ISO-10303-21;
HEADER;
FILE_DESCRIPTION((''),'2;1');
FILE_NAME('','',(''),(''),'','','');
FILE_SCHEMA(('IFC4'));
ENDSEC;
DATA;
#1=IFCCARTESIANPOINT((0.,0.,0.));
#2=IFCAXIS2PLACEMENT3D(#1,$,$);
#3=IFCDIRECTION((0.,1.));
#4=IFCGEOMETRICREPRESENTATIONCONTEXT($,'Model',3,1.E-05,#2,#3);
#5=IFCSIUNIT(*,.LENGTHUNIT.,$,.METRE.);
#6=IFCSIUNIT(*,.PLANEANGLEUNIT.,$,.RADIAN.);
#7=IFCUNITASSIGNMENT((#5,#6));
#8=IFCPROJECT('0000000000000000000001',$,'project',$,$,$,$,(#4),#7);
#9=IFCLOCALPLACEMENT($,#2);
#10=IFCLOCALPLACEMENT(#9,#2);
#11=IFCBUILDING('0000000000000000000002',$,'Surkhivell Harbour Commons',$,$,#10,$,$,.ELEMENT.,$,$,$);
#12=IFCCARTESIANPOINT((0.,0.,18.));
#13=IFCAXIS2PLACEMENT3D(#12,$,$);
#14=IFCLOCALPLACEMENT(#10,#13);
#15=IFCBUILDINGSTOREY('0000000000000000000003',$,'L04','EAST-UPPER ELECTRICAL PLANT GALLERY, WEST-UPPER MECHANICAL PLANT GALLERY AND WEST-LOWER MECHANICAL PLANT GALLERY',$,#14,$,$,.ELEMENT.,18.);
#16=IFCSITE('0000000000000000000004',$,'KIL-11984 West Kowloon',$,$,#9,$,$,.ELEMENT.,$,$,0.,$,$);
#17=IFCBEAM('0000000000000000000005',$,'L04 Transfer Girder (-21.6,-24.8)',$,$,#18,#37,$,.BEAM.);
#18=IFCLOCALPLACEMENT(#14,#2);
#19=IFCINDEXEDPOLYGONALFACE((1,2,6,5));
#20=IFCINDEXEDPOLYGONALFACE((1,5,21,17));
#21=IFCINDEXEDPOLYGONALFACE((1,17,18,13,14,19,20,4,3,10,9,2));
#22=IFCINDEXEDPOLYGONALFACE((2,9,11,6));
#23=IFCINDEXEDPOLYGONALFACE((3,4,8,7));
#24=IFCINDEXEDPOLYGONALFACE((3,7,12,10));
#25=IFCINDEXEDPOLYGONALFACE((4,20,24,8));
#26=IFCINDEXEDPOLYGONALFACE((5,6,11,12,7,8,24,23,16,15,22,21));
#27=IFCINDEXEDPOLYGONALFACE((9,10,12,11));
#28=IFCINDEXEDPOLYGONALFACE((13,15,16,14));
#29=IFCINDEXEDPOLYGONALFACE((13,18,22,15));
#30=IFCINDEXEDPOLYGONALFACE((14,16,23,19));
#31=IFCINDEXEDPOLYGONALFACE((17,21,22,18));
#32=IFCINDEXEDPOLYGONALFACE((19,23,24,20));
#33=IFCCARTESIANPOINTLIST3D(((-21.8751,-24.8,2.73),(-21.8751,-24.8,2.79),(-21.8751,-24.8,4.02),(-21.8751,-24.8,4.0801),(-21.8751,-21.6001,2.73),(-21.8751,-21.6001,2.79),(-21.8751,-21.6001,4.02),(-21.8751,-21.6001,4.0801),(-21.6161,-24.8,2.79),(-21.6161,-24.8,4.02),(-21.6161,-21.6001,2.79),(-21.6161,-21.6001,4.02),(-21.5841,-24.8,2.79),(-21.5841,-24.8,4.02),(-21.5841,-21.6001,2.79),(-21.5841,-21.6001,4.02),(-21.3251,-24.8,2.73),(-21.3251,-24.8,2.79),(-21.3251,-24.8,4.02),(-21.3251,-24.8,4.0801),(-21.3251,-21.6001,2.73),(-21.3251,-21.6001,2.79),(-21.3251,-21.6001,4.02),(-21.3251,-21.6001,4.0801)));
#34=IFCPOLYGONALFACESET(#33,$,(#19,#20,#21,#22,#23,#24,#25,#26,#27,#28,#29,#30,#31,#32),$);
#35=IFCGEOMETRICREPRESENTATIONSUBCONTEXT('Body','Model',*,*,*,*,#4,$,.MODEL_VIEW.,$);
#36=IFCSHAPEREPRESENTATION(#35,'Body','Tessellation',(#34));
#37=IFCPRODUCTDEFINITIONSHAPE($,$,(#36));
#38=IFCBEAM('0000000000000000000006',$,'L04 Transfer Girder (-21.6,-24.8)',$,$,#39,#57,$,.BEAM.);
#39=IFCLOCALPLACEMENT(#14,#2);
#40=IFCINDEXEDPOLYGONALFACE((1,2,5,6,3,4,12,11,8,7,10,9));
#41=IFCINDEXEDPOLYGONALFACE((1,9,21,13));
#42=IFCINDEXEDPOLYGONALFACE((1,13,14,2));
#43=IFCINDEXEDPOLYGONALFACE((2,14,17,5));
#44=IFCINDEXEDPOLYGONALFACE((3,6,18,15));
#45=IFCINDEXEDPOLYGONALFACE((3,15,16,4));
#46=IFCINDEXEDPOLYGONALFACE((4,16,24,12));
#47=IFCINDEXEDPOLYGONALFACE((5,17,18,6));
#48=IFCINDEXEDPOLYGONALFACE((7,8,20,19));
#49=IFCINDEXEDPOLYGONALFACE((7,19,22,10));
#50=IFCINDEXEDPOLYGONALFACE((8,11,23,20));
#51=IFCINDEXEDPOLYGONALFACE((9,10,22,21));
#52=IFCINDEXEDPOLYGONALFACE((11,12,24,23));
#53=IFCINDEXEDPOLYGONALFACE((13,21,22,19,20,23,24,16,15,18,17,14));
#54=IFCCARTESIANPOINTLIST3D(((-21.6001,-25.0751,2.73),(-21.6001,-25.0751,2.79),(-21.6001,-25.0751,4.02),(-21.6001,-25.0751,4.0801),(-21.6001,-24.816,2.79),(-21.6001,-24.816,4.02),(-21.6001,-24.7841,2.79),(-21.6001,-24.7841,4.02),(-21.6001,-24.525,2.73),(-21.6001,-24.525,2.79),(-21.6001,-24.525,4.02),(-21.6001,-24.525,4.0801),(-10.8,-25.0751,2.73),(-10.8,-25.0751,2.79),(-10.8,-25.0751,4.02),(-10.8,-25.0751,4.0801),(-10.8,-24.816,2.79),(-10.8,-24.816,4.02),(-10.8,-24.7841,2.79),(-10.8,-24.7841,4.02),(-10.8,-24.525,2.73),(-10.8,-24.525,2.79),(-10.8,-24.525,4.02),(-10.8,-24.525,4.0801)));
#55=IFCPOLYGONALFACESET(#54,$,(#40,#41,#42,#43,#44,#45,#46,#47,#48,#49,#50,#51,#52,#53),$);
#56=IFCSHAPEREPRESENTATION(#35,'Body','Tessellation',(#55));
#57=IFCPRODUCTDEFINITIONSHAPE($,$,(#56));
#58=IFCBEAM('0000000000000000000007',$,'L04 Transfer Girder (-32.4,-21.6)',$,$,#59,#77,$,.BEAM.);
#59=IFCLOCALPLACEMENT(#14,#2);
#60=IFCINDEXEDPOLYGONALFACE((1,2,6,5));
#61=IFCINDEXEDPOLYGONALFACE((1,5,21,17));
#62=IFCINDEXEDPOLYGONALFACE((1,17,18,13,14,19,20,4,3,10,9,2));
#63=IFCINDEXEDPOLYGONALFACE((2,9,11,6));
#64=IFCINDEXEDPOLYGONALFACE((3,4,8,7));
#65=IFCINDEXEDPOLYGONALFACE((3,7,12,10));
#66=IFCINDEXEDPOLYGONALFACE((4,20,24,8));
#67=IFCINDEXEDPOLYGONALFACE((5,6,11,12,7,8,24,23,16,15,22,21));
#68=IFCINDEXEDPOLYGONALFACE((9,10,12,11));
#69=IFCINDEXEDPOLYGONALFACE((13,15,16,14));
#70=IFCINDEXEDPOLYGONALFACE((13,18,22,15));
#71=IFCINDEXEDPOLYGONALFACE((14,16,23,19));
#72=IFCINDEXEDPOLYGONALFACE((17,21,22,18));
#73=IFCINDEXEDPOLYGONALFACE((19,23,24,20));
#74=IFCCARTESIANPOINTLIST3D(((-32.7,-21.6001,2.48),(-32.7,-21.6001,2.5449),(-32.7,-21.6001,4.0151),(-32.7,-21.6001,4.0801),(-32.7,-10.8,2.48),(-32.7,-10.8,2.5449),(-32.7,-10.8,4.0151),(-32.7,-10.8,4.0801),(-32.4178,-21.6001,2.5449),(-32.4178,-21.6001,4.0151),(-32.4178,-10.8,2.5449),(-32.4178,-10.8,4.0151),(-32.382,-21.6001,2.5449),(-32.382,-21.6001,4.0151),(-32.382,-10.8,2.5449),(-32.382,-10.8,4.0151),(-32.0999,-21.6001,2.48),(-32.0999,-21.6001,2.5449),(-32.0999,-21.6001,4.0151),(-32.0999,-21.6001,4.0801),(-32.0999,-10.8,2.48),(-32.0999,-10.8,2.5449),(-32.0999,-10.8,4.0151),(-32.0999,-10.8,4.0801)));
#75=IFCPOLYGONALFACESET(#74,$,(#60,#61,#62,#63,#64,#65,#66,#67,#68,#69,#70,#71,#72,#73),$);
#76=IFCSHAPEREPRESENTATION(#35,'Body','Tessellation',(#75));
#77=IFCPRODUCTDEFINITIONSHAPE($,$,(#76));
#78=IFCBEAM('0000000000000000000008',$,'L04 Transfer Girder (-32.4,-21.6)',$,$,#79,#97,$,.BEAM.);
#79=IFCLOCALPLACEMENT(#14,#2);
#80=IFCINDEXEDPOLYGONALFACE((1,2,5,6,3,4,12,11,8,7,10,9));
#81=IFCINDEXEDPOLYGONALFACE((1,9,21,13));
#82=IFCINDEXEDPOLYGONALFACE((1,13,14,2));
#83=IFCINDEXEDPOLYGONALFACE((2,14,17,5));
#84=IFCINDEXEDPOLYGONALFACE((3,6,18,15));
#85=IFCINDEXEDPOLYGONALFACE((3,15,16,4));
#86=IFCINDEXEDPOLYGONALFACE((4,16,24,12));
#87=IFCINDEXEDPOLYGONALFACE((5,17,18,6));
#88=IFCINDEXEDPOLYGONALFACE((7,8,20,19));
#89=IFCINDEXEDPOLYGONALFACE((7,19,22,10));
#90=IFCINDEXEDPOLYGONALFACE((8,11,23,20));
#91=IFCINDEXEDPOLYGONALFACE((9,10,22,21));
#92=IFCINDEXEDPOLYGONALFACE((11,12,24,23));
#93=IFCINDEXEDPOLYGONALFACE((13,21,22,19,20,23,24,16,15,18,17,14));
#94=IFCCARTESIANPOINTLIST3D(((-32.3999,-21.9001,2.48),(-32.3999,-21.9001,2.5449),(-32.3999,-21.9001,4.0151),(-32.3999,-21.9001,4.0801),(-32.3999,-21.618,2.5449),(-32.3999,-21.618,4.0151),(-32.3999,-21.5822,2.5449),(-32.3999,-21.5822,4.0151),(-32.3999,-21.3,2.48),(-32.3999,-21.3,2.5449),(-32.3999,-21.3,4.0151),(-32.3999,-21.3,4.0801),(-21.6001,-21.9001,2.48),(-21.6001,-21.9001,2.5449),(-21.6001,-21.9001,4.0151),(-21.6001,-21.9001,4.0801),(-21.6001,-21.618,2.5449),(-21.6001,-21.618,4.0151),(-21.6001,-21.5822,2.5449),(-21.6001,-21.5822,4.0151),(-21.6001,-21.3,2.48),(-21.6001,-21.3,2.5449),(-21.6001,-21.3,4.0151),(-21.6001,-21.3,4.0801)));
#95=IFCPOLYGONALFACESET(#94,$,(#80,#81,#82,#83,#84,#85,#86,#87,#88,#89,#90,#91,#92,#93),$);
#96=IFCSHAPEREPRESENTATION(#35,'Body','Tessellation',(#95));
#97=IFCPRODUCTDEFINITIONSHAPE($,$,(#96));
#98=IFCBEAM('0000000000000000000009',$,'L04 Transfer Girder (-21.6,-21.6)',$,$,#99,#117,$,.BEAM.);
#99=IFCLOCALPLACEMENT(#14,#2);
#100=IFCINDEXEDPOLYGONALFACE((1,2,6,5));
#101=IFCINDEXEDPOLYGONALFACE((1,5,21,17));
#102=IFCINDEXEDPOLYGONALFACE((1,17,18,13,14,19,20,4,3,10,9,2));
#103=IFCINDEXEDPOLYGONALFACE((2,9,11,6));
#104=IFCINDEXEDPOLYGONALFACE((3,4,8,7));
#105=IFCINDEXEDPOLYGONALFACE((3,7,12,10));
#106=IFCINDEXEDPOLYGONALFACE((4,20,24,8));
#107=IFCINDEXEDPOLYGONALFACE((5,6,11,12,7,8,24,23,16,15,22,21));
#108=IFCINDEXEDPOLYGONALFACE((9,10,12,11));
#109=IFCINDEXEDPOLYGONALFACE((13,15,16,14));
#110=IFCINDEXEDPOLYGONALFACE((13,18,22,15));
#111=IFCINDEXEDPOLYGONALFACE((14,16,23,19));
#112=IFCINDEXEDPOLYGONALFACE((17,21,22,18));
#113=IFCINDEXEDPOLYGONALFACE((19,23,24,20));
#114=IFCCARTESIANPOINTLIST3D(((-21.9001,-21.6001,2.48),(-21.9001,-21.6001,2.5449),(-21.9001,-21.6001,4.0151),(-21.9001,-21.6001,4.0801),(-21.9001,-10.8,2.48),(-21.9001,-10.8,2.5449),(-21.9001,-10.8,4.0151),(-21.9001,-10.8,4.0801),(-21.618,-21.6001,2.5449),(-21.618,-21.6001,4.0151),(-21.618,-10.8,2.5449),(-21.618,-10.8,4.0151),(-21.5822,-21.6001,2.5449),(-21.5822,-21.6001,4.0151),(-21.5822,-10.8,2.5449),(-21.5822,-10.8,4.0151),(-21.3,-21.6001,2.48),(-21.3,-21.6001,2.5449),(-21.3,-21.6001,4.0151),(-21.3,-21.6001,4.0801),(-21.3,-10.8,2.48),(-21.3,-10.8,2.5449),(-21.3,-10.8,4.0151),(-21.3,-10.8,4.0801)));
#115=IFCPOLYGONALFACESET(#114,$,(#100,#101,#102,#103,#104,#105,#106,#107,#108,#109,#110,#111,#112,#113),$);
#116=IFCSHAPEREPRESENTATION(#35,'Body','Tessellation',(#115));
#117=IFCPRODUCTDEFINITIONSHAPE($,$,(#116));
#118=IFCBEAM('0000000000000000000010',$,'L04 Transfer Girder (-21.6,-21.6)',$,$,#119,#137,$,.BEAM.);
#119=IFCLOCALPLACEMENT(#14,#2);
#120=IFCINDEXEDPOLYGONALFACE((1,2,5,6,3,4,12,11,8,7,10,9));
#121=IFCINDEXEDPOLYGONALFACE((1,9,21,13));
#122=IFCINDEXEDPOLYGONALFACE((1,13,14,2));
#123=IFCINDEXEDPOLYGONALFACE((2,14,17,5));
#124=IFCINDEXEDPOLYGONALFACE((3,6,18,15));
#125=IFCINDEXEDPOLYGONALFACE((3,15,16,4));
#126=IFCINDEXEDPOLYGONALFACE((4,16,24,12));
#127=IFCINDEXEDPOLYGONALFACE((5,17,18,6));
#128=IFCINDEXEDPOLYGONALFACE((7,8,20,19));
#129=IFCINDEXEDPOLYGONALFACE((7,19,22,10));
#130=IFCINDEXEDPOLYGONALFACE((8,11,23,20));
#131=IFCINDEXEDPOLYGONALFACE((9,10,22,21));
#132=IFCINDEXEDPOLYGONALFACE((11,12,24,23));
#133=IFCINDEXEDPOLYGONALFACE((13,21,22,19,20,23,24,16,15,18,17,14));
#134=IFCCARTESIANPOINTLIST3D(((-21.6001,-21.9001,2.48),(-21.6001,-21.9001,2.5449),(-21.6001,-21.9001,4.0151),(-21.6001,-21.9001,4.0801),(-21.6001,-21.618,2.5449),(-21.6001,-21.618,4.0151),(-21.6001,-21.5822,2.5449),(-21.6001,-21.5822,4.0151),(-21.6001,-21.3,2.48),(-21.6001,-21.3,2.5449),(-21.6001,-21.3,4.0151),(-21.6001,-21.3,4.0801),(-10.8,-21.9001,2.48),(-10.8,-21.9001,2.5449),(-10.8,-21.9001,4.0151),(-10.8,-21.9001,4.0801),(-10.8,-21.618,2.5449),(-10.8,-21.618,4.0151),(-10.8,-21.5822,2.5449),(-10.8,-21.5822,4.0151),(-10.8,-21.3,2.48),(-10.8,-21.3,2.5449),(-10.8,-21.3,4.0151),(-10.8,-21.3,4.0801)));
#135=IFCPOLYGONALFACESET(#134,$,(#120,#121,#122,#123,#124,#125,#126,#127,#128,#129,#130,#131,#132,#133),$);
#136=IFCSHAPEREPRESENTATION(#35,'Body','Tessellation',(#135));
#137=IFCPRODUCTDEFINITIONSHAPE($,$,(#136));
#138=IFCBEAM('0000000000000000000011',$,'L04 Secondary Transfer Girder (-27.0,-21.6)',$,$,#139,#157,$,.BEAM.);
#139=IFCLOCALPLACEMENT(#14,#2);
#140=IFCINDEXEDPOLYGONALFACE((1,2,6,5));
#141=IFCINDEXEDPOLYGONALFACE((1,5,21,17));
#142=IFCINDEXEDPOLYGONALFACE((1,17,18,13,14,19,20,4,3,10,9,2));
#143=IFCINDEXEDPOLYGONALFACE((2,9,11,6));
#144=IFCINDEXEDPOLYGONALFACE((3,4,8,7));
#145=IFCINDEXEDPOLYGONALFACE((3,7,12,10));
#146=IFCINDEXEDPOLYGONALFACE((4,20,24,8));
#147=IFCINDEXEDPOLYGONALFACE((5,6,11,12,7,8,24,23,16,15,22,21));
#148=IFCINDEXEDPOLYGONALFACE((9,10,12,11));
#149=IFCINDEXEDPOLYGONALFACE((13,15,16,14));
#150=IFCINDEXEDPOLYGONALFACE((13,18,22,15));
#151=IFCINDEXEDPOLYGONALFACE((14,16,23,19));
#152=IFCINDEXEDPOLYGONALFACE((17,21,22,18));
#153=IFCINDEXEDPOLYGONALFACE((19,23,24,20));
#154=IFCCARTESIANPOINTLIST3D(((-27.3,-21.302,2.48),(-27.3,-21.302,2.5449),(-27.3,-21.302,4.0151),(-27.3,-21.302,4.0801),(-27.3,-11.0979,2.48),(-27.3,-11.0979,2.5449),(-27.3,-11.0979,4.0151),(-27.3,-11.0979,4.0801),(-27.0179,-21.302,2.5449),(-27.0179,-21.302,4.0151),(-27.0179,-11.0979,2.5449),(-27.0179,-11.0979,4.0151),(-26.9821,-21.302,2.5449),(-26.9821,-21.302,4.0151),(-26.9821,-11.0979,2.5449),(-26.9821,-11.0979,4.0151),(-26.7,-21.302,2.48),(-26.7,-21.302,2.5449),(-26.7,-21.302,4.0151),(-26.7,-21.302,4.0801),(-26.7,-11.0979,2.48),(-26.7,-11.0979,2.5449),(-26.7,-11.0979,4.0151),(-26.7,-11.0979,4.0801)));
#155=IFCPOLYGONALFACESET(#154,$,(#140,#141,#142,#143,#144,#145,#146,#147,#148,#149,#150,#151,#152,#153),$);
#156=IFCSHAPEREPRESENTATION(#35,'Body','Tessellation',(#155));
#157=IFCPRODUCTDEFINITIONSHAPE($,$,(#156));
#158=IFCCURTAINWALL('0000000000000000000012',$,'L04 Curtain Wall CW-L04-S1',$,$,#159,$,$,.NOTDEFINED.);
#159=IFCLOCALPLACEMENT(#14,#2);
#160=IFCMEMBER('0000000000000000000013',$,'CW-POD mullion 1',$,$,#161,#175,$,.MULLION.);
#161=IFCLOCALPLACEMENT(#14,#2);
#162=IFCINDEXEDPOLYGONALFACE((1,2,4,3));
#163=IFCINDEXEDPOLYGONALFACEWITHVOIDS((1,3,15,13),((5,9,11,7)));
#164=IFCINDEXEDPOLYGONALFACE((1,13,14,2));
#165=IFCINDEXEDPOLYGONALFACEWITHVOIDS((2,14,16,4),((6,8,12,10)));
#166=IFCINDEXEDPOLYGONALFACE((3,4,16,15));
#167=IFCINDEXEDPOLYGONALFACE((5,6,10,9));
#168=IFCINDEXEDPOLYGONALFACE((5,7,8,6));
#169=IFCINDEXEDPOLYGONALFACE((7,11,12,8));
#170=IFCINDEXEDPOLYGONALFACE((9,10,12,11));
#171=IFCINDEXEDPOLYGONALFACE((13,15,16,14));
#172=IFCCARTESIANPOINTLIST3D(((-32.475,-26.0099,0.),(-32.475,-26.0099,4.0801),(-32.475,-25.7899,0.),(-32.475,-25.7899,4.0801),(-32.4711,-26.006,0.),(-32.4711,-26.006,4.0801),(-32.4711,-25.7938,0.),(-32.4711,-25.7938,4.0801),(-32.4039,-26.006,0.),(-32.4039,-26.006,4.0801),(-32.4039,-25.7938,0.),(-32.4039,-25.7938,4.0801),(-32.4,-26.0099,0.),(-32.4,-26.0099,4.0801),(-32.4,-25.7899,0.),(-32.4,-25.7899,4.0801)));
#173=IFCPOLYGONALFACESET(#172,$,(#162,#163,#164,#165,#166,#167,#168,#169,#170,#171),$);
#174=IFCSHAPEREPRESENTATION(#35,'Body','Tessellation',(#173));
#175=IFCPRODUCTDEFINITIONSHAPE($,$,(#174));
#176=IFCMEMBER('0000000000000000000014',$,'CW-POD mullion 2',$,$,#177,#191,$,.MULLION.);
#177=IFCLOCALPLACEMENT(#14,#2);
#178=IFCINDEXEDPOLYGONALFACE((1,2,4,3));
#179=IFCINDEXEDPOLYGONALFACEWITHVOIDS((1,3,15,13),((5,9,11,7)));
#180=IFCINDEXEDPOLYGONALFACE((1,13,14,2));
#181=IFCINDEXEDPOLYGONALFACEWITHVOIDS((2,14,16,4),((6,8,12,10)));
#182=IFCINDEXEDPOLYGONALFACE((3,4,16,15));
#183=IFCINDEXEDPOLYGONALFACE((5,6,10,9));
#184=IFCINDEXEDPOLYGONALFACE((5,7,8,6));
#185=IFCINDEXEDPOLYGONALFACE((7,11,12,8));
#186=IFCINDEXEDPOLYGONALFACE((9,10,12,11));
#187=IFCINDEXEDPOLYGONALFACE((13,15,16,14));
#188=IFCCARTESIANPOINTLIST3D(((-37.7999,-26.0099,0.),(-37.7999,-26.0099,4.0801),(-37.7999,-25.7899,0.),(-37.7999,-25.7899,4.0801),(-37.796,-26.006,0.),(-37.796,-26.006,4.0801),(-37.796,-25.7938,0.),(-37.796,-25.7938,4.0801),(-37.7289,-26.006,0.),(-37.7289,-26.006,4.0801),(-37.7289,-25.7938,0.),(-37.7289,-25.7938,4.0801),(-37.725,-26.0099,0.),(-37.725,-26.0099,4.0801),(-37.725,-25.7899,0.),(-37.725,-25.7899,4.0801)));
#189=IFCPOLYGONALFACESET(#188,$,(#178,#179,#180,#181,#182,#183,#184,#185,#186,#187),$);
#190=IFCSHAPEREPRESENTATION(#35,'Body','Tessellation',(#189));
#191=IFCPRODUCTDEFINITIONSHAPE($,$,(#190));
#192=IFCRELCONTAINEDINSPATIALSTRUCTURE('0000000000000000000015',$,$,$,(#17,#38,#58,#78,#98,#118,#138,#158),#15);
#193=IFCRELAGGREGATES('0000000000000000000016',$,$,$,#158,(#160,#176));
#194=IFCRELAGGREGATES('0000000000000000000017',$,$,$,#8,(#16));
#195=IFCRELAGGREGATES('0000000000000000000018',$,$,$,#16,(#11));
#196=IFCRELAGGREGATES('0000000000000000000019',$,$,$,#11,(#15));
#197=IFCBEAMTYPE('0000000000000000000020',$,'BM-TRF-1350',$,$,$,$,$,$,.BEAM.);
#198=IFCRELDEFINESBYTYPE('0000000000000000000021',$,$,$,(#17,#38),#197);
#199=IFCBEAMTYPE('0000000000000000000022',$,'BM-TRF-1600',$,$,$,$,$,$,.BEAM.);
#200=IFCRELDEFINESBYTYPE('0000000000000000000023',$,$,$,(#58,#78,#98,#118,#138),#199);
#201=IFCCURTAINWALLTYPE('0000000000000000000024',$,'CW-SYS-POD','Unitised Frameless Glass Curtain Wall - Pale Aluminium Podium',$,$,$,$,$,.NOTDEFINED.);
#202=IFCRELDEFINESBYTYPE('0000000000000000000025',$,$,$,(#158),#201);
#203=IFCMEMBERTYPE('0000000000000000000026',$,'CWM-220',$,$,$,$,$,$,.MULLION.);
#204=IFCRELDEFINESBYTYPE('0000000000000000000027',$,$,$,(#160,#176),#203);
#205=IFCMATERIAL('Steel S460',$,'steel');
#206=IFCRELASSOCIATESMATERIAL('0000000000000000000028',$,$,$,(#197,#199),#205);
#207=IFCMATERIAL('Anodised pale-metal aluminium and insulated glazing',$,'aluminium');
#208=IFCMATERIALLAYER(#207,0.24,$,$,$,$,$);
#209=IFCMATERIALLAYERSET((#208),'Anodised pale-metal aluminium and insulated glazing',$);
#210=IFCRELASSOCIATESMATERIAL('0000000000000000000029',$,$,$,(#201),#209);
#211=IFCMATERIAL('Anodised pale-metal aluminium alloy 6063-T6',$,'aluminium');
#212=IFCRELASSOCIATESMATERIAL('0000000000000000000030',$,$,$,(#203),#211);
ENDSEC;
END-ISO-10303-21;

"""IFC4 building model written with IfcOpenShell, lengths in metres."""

from ifc_helpers import new_model, si_unit, direction, frame, origin, origin_2d, place, context, subcontext, project, spatial, hollow_rectangle, i_section, extrude, material, layer, layer_set, material_profile, profile_set, type_object, element, aggregate, save


model = new_model("IFC4")

# Units and contexts
model_context = context("Model", 3, precision=1e-05, world=origin(), true_north=direction((0.0, 1.0)))
body_context = subcontext(model_context, "Body", "Model", "MODEL_VIEW")
ifc_project = project(units=[si_unit("LENGTHUNIT", "METRE"), si_unit("PLANEANGLEUNIT", "RADIAN")], contexts=[model_context])

# Site, building, storey
site_placement = place(None, origin())
site = spatial("IfcSite", under=ifc_project, at=site_placement, Name="KIL-11984 West Kowloon", CompositionType="ELEMENT", RefElevation=0.0)
building_placement = place(site_placement, origin())
building = spatial("IfcBuilding", under=site, at=building_placement, Name="Surkhivell Harbour Commons", CompositionType="ELEMENT")
storey_placement = place(building_placement, frame((0.0, 0.0, 18.0)))
storey = spatial("IfcBuildingStorey", under=building, at=storey_placement, Name="L04", Description="EAST-UPPER ELECTRICAL PLANT GALLERY, WEST-UPPER MECHANICAL PLANT GALLERY AND WEST-LOWER MECHANICAL PLANT GALLERY", CompositionType="ELEMENT", Elevation=18.0)

# Beams
ifc_material_1 = material(Name="Steel S460", Category="steel")
ifc_material_profile_1 = material_profile(ifc_material_1, i_section(OverallWidth=0.55, OverallDepth=1.3501, WebThickness=0.032, FlangeThickness=0.0601, at=origin_2d()), Name="WPG1350x550x248")
ifc_profile_set_1 = profile_set([ifc_material_profile_1], Name="Steel S460")
beam_type_1 = type_object("IfcBeamType", Name="BM-TRF-1350", PredefinedType="BEAM", material=ifc_profile_set_1)
beam_1_placement = place(storey_placement, frame((-21.6001, -24.8, 3.405), z_axis=(0.0, 1.0, 0.0), x_axis=(-1.0, 0.0, 0.0)))
element("IfcBeam", 1, at=beam_1_placement, inside=storey, type_object=beam_type_1, Name="L04 Transfer Girder (-21.6,-24.8)", PredefinedType="BEAM", context=body_context, shape_type="SweptSolid", body=[
    extrude(i_section(OverallWidth=0.55, OverallDepth=1.3501, WebThickness=0.032, FlangeThickness=0.0601, at=origin_2d()), origin(), (0.0, 0.0, 1.0), 3.2),
])
beam_2_placement = place(storey_placement, frame((-21.6001, -24.8, 3.405), z_axis=(1.0, 0.0, 0.0), x_axis=(0.0, 1.0, 0.0)))
element("IfcBeam", 2, at=beam_2_placement, inside=storey, type_object=beam_type_1, Name="L04 Transfer Girder (-21.6,-24.8)", PredefinedType="BEAM", context=body_context, shape_type="SweptSolid", body=[
    extrude(i_section(OverallWidth=0.55, OverallDepth=1.3501, WebThickness=0.032, FlangeThickness=0.0601, at=origin_2d()), origin(), (0.0, 0.0, 1.0), 10.8),
])
ifc_material_profile_2 = material_profile(ifc_material_1, i_section(OverallWidth=0.6001, OverallDepth=1.6001, WebThickness=0.0359, FlangeThickness=0.0649, at=origin_2d()), Name="WPG1600x600x296")
ifc_profile_set_2 = profile_set([ifc_material_profile_2], Name="Steel S460")
beam_type_2 = type_object("IfcBeamType", Name="BM-TRF-1600", PredefinedType="BEAM", material=ifc_profile_set_2)
beam_3_placement = place(storey_placement, frame((-32.3999, -21.6001, 3.28), z_axis=(0.0, 1.0, 0.0), x_axis=(-1.0, 0.0, 0.0)))
element("IfcBeam", 3, at=beam_3_placement, inside=storey, type_object=beam_type_2, Name="L04 Transfer Girder (-32.4,-21.6)", PredefinedType="BEAM", context=body_context, shape_type="SweptSolid", body=[
    extrude(i_section(OverallWidth=0.6001, OverallDepth=1.6001, WebThickness=0.0359, FlangeThickness=0.0649, at=origin_2d()), origin(), (0.0, 0.0, 1.0), 10.8),
])
beam_4_placement = place(storey_placement, frame((-32.3999, -21.6001, 3.28), z_axis=(1.0, 0.0, 0.0), x_axis=(0.0, 1.0, 0.0)))
element("IfcBeam", 4, at=beam_4_placement, inside=storey, type_object=beam_type_2, Name="L04 Transfer Girder (-32.4,-21.6)", PredefinedType="BEAM", context=body_context, shape_type="SweptSolid", body=[
    extrude(i_section(OverallWidth=0.6001, OverallDepth=1.6001, WebThickness=0.0359, FlangeThickness=0.0649, at=origin_2d()), origin(), (0.0, 0.0, 1.0), 10.7998),
])
for number, where, z_axis, x_axis, name in (
    (5, (-21.6001, -21.6001, 3.28), (0.0, 1.0, 0.0), (-1.0, 0.0, 0.0), "L04 Transfer Girder (-21.6,-21.6)"),
    (6, (-21.6001, -21.6001, 3.28), (1.0, 0.0, 0.0), (0.0, 1.0, 0.0), "L04 Transfer Girder (-21.6,-21.6)"),
):
    element("IfcBeam", number, at=place(storey_placement, frame(where, z_axis=z_axis, x_axis=x_axis)), inside=storey, type_object=beam_type_2, Name=name, PredefinedType="BEAM", context=body_context, shape_type="SweptSolid", body=[
        extrude(i_section(OverallWidth=0.6001, OverallDepth=1.6001, WebThickness=0.0359, FlangeThickness=0.0649, at=origin_2d()), origin(), (0.0, 0.0, 1.0), 10.8),
    ])
beam_5_placement = place(storey_placement, frame((-27.0, -21.302, 3.28), z_axis=(0.0, 1.0, 0.0), x_axis=(-1.0, 0.0, 0.0)))
element("IfcBeam", 7, at=beam_5_placement, inside=storey, type_object=beam_type_2, Name="L04 Secondary Transfer Girder (-27.0,-21.6)", PredefinedType="BEAM", context=body_context, shape_type="SweptSolid", body=[
    extrude(i_section(OverallWidth=0.6001, OverallDepth=1.6001, WebThickness=0.0359, FlangeThickness=0.0649, at=origin_2d()), origin(), (0.0, 0.0, 1.0), 10.2041),
])

# Curtain wall, members
ifc_material_2 = material(Name="Anodised pale-metal aluminium and insulated glazing", Category="aluminium")
ifc_layer_1 = layer(ifc_material_2, 0.24)
ifc_layer_set_1 = layer_set([ifc_layer_1], Name="Anodised pale-metal aluminium and insulated glazing")
curtain_wall_type = type_object("IfcCurtainWallType", Name="CW-SYS-POD", Description="Unitised Frameless Glass Curtain Wall - Pale Aluminium Podium", PredefinedType="NOTDEFINED", material=ifc_layer_set_1)
curtain_wall_1_placement = place(storey_placement, origin())
curtain_wall_1 = element("IfcCurtainWall", 8, at=curtain_wall_1_placement, inside=storey, type_object=curtain_wall_type, Name="L04 Curtain Wall CW-L04-S1", PredefinedType="NOTDEFINED")
ifc_material_3 = material(Name="Anodised pale-metal aluminium alloy 6063-T6", Category="aluminium")
ifc_material_profile_3 = material_profile(ifc_material_3, hollow_rectangle(XDim=0.075, YDim=0.22, WallThickness=0.0039, at=origin_2d()), Name="ALU-MULL-75x220")
ifc_profile_set_3 = profile_set([ifc_material_profile_3], Name="Anodised pale-metal aluminium alloy 6063-T6")
member_type_1 = type_object("IfcMemberType", Name="CWM-220", PredefinedType="MULLION", material=ifc_profile_set_3)
member_1_placement = place(storey_placement, frame((-32.4375, -25.8999, 0.0), z_axis=(0.0, 0.0, 1.0), x_axis=(-1.0, 0.0, 0.0)))
member_1 = element("IfcMember", 9, at=member_1_placement, type_object=member_type_1, Name="CW-POD mullion 1", PredefinedType="MULLION", context=body_context, shape_type="SweptSolid", body=[
    extrude(hollow_rectangle(XDim=0.075, YDim=0.22, WallThickness=0.0039, at=origin_2d()), origin(), (0.0, 0.0, 1.0), 4.0801),
])
member_2_placement = place(storey_placement, frame((-37.7625, -25.8999, 0.0), z_axis=(0.0, 0.0, 1.0), x_axis=(-1.0, 0.0, 0.0)))
member_2 = element("IfcMember", 10, at=member_2_placement, type_object=member_type_1, Name="CW-POD mullion 2", PredefinedType="MULLION", context=body_context, shape_type="SweptSolid", body=[
    extrude(hollow_rectangle(XDim=0.075, YDim=0.22, WallThickness=0.0039, at=origin_2d()), origin(), (0.0, 0.0, 1.0), 4.0801),
])

aggregate(curtain_wall_1, [member_1, member_2])

save(model, "model.ifc")
